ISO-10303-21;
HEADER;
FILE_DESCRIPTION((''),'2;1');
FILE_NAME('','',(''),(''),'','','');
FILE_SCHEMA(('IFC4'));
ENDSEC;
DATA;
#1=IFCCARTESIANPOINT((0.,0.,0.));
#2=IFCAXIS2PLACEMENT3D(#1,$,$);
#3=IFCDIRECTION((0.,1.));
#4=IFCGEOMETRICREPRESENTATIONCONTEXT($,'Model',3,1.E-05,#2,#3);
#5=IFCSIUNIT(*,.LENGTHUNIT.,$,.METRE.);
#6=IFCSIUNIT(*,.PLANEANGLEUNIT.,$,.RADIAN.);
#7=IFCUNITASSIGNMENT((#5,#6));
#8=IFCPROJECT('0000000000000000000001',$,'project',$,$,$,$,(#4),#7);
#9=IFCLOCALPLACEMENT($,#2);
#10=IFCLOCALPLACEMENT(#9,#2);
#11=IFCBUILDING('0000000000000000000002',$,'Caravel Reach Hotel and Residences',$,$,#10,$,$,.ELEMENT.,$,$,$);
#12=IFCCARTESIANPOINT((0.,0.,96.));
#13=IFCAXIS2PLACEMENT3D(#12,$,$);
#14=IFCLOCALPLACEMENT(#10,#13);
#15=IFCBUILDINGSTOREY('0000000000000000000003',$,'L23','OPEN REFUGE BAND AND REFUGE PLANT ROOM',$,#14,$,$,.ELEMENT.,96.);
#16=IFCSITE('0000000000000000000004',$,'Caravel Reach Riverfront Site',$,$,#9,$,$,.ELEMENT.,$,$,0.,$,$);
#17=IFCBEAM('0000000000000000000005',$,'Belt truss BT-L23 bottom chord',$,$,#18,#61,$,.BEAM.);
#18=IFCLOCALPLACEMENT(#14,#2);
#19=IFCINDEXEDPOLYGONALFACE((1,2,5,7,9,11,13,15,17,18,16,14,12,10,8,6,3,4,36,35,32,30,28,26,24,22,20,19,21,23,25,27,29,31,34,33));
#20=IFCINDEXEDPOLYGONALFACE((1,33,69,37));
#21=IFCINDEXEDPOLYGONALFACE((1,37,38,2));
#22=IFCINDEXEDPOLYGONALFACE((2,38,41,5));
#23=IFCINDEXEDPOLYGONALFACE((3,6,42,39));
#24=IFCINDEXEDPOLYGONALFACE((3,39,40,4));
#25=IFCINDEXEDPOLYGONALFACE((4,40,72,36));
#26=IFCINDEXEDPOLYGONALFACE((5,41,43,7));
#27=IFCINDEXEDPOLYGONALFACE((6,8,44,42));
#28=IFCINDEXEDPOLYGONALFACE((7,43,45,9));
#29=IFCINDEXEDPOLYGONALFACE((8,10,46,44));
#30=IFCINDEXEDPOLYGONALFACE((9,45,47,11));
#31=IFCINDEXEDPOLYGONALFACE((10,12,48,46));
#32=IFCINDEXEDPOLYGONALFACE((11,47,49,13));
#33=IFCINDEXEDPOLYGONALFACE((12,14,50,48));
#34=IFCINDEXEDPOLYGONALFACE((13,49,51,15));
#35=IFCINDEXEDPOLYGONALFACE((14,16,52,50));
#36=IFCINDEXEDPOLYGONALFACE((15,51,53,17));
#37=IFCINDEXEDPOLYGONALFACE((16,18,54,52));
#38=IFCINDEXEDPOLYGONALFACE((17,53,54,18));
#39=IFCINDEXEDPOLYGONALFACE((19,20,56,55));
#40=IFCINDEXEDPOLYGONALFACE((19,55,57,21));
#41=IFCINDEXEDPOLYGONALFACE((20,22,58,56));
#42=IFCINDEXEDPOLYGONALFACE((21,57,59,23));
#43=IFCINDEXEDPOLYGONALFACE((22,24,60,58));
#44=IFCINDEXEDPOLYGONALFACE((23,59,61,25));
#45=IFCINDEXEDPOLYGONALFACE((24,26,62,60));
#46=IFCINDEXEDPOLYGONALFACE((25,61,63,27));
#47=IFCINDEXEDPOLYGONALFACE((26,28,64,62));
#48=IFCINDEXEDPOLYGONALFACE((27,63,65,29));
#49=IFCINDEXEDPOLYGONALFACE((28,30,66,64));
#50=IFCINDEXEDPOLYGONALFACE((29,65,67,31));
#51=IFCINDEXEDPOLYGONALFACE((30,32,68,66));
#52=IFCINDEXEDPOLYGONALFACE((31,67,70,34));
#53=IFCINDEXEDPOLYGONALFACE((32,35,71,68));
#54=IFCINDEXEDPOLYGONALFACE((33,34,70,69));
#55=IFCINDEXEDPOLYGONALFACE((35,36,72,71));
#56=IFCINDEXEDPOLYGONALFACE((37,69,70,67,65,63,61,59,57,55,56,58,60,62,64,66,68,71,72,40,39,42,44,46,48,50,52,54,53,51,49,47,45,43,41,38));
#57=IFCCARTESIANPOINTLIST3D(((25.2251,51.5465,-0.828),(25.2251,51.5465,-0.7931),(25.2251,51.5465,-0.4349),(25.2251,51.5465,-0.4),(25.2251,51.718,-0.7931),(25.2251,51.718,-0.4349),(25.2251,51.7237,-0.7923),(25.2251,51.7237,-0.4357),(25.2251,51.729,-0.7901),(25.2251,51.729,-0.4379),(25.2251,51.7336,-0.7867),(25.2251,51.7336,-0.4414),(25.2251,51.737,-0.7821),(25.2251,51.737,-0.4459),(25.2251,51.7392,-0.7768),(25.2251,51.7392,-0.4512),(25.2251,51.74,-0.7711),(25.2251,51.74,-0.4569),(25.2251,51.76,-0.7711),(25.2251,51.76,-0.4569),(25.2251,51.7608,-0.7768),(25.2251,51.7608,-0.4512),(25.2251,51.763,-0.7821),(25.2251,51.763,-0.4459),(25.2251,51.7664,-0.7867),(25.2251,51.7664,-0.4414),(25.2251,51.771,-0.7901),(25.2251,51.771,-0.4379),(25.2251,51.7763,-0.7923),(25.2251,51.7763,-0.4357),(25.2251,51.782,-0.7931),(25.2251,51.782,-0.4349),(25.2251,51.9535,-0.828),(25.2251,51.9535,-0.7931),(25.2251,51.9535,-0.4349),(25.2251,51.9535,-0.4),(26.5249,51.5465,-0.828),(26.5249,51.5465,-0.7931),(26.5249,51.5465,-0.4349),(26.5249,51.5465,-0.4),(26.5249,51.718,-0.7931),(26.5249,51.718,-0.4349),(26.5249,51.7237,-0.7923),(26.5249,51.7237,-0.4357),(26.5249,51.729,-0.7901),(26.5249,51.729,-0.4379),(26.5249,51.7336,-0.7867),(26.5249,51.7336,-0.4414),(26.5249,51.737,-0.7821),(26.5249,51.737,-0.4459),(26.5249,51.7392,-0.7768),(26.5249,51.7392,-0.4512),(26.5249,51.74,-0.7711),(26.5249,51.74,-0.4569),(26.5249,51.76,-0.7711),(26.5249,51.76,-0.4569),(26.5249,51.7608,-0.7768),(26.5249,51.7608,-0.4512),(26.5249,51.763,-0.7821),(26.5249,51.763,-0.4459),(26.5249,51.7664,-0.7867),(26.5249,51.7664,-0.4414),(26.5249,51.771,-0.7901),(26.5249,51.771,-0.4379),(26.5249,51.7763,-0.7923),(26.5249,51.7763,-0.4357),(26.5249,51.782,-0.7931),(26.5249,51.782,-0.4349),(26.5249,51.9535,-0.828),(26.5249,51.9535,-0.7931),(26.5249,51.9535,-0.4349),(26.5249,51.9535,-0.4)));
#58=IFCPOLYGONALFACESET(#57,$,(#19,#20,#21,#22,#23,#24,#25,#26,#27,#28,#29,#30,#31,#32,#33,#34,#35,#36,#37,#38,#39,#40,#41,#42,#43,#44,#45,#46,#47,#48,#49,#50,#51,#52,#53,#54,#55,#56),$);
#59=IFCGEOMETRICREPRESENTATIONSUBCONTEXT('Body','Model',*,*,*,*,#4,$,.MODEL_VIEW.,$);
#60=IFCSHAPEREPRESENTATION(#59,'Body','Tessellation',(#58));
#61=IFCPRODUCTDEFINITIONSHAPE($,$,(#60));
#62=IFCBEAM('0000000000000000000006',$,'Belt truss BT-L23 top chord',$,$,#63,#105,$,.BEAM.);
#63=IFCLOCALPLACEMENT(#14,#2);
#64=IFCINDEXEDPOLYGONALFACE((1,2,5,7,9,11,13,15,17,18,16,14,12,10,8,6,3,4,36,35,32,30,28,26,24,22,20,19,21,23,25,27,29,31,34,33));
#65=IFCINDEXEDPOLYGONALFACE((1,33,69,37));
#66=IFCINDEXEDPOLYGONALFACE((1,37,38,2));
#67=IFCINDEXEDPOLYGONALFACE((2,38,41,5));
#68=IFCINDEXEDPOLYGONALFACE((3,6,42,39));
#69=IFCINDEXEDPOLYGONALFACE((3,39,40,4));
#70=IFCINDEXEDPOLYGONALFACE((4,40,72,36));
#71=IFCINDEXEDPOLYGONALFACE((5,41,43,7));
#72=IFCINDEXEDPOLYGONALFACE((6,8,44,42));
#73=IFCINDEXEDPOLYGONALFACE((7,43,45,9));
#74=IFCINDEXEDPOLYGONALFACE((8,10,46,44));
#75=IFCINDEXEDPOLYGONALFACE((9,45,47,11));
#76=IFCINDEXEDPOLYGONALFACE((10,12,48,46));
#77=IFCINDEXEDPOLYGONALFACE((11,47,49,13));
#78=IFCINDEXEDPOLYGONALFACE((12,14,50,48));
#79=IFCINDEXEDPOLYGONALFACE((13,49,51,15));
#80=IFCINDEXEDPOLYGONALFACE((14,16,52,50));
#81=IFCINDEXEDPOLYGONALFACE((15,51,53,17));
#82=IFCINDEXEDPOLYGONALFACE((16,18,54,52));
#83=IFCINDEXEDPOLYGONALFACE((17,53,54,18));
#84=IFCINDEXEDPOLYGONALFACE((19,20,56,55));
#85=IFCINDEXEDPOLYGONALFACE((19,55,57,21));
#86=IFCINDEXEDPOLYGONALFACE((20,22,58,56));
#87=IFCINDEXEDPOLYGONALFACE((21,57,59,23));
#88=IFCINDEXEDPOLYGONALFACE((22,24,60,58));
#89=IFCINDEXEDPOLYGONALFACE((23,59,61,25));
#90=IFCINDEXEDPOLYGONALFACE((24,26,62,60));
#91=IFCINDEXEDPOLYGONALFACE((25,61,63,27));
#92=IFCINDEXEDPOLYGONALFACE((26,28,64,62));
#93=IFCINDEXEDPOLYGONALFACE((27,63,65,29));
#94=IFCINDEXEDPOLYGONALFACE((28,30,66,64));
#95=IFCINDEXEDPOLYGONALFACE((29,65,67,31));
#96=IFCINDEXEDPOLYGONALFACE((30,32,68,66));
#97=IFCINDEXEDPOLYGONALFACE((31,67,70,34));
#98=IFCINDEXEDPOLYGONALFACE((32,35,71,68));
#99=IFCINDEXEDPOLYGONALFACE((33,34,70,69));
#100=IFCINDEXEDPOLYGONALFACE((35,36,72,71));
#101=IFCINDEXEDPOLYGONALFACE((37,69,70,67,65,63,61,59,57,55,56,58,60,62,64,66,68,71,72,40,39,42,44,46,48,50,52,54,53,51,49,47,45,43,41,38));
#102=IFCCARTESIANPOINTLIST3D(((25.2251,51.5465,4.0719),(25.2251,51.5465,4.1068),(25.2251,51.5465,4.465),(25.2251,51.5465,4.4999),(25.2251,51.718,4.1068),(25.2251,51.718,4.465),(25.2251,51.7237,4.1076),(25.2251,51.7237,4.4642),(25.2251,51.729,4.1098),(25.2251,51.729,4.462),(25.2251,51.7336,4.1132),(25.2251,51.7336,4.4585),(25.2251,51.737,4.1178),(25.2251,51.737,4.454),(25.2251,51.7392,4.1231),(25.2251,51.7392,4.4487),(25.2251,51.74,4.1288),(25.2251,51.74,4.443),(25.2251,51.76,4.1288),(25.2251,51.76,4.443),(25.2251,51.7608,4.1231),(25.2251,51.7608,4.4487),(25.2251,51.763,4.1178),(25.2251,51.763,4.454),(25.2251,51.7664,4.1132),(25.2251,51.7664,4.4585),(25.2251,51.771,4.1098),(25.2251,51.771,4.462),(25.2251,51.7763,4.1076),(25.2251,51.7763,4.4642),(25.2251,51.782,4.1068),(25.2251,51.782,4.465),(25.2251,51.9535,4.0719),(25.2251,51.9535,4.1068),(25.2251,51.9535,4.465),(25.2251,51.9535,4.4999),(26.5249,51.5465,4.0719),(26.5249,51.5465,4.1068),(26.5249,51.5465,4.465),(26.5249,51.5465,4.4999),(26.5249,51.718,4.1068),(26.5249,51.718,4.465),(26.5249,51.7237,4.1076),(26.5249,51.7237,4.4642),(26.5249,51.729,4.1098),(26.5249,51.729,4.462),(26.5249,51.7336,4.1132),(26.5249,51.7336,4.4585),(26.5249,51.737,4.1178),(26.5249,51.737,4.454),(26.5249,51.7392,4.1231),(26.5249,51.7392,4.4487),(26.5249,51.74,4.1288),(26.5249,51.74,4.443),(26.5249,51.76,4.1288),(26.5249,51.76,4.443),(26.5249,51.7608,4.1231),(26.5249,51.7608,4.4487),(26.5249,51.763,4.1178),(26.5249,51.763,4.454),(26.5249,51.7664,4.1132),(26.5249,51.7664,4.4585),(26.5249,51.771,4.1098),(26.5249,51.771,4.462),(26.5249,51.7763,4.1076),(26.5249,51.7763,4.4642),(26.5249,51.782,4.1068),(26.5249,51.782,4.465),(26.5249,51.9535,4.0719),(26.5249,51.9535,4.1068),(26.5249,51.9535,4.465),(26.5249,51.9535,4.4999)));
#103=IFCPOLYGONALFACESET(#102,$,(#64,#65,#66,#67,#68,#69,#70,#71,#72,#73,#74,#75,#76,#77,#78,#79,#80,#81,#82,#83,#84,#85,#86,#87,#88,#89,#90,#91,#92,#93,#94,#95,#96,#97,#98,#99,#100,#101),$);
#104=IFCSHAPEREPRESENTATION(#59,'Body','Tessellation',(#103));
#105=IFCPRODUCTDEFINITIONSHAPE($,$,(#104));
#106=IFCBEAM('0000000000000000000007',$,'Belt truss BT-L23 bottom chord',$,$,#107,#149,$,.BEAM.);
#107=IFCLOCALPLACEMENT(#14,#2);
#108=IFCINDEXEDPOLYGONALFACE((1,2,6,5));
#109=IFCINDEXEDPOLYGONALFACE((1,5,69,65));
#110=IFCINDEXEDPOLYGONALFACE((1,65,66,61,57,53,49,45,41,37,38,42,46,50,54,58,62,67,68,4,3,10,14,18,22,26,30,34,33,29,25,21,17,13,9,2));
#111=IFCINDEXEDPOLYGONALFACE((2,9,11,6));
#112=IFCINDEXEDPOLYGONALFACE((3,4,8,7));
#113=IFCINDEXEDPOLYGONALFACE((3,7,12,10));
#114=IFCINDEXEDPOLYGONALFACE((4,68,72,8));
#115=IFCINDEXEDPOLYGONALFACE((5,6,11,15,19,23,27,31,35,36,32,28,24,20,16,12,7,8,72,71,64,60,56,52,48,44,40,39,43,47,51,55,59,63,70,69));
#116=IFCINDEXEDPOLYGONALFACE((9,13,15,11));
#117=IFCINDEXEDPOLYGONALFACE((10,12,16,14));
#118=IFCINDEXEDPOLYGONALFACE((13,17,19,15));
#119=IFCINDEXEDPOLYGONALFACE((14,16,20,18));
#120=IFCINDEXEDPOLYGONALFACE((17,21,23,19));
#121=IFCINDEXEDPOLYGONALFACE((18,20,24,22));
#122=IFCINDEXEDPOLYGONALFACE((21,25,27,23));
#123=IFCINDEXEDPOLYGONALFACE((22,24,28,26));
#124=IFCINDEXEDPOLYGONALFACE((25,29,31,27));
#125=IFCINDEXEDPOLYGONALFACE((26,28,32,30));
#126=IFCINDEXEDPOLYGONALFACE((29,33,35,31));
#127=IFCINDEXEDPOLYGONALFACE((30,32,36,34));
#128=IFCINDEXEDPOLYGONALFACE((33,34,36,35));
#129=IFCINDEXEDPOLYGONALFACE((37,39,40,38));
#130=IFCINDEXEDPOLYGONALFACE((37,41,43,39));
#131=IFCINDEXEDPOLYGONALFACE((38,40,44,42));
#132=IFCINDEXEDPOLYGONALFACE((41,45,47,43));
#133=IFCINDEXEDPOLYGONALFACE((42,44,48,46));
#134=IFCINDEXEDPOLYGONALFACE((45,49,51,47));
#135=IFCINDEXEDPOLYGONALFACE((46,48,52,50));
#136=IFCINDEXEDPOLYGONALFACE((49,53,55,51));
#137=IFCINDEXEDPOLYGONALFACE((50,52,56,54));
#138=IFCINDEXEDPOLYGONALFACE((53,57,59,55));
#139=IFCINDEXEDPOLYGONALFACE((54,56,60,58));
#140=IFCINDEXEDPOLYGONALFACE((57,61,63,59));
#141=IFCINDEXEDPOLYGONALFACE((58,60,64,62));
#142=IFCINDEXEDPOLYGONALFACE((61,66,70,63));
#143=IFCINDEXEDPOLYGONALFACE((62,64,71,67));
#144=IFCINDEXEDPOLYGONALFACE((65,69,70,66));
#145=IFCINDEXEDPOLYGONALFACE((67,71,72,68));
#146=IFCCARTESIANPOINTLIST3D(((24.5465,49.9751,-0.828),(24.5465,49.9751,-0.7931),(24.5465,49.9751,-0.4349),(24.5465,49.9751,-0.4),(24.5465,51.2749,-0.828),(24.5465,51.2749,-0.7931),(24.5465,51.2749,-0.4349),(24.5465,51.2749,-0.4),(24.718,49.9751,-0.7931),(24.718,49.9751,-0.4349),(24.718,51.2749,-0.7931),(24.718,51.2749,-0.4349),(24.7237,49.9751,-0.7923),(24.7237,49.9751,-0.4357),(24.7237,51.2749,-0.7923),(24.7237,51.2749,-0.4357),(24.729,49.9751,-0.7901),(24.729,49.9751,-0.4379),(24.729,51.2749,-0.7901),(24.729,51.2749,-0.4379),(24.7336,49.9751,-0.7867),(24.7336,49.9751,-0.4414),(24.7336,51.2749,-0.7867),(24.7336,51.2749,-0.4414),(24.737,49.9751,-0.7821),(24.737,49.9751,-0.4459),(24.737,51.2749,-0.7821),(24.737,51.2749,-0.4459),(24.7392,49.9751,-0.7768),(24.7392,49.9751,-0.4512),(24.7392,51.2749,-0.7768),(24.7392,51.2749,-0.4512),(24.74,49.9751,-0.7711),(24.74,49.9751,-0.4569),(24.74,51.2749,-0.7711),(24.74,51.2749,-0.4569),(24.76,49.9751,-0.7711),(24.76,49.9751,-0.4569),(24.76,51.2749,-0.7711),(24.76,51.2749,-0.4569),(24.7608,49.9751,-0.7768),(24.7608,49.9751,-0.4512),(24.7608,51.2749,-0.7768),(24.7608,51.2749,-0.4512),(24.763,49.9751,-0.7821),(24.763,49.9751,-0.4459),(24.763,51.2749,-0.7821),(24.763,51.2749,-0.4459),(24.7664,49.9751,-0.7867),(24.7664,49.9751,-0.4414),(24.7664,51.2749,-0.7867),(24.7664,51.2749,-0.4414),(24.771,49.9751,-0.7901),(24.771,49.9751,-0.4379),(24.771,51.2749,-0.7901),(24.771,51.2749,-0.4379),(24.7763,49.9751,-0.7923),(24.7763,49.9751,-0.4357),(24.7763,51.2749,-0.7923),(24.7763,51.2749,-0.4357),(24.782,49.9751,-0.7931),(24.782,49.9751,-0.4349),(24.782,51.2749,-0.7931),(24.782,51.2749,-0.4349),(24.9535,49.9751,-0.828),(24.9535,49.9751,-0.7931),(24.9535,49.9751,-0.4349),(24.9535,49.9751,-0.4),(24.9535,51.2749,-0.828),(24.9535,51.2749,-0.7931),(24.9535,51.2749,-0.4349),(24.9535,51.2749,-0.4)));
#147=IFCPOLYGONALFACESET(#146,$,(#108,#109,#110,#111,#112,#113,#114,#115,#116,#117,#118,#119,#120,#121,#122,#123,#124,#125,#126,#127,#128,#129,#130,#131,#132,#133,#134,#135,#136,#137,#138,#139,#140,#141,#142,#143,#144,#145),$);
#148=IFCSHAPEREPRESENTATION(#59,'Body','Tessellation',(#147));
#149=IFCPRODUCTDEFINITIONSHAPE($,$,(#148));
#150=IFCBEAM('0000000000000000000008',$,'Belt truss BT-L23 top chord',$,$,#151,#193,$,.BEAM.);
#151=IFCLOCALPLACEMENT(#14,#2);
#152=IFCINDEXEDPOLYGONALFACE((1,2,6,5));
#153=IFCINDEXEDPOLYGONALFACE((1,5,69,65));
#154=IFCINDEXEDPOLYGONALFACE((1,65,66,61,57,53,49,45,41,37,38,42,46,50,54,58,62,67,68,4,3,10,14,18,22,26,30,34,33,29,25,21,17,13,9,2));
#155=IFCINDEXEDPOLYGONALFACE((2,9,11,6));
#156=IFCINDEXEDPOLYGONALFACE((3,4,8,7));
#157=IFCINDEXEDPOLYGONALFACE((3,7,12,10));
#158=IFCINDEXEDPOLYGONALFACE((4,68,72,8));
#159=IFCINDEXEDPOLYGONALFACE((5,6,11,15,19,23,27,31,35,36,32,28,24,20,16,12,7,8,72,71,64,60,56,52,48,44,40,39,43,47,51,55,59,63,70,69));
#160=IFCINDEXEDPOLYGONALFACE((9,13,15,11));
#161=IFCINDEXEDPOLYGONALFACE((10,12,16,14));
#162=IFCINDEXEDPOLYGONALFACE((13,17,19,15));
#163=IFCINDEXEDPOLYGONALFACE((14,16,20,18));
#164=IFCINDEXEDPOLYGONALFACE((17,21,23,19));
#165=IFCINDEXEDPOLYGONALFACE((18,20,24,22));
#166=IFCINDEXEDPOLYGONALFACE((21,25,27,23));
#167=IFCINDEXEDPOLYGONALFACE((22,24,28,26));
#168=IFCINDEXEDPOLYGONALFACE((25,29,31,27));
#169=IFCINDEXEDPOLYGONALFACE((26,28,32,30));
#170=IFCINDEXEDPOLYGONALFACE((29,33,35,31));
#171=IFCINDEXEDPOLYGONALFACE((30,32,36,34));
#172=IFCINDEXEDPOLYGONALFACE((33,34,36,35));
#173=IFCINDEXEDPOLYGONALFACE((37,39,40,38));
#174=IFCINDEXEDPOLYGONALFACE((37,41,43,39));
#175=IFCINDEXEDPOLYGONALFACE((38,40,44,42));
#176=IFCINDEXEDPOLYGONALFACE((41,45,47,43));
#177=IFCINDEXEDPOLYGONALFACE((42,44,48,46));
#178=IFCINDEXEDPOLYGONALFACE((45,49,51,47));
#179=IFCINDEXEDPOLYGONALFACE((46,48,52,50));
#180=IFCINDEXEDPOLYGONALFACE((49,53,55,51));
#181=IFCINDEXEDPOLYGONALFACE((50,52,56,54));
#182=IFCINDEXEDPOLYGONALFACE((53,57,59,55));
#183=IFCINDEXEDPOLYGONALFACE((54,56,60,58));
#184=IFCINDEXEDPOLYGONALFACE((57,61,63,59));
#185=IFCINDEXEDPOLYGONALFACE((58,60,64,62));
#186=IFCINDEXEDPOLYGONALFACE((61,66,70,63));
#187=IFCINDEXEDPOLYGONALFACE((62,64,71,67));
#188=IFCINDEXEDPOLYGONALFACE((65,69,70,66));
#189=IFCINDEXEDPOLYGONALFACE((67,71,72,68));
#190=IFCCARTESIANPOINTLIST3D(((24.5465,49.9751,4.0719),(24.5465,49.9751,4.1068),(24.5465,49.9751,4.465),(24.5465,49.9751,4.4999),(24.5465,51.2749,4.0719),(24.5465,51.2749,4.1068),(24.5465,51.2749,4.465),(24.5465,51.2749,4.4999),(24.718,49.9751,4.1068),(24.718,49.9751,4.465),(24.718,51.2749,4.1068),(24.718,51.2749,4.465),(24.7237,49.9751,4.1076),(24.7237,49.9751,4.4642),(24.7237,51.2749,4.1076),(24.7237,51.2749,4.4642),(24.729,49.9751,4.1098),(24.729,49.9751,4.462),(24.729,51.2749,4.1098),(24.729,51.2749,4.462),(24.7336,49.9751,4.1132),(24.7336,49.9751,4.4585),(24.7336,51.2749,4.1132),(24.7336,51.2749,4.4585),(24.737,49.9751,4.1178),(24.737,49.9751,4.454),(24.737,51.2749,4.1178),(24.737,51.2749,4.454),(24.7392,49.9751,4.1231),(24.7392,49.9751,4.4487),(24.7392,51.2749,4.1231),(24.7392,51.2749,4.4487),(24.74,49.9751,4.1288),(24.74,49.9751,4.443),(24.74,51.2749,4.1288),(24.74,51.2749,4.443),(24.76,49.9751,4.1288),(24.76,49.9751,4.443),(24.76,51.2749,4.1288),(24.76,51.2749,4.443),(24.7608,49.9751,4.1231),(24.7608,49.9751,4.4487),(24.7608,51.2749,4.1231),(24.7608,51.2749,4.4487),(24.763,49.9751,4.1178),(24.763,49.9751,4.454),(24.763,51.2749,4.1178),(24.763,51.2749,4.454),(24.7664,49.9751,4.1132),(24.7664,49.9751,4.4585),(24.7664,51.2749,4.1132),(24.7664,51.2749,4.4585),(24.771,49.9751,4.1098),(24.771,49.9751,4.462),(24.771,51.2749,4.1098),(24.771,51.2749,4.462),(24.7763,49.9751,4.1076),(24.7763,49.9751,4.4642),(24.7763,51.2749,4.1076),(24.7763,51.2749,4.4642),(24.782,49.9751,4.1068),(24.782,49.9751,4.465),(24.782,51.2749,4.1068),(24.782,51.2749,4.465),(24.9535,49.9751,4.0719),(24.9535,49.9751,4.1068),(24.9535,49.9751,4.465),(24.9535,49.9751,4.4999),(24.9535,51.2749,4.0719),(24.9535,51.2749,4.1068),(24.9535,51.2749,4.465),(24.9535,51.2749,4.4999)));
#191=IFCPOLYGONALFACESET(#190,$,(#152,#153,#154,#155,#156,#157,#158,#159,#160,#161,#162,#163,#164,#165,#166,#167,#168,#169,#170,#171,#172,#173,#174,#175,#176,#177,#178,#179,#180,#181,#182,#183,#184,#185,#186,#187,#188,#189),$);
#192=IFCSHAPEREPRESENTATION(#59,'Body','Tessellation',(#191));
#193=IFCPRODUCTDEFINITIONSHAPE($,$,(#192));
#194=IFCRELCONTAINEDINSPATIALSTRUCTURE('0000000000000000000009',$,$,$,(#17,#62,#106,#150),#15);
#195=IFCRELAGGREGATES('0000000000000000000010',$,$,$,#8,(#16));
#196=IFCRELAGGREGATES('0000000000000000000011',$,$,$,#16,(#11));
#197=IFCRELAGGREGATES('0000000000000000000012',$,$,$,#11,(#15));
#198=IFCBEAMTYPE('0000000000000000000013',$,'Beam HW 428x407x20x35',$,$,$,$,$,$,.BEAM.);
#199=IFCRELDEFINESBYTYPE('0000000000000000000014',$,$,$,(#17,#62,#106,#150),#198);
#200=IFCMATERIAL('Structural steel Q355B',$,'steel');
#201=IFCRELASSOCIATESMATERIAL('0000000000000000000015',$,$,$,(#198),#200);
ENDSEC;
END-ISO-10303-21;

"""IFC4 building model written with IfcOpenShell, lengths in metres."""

from ifc_helpers import new_model, si_unit, direction, frame, origin, origin_2d, place, context, subcontext, project, spatial, i_section, extrude, material, material_profile, profile_set, type_object, element, save


model = new_model("IFC4")

# Units and contexts
model_context = context("Model", 3, precision=1e-05, world=origin(), true_north=direction((0.0, 1.0)))
body_context = subcontext(model_context, "Body", "Model", "MODEL_VIEW")
ifc_project = project(units=[si_unit("LENGTHUNIT", "METRE"), si_unit("PLANEANGLEUNIT", "RADIAN")], contexts=[model_context])

# Site, building, storey
site_placement = place(None, origin())
site = spatial("IfcSite", under=ifc_project, at=site_placement, Name="Caravel Reach Riverfront Site", CompositionType="ELEMENT", RefElevation=0.0)
building_placement = place(site_placement, origin())
building = spatial("IfcBuilding", under=site, at=building_placement, Name="Caravel Reach Hotel and Residences", CompositionType="ELEMENT")
storey_placement = place(building_placement, frame((0.0, 0.0, 96.0)))
storey = spatial("IfcBuildingStorey", under=building, at=storey_placement, Name="L23", Description="OPEN REFUGE BAND AND REFUGE PLANT ROOM", CompositionType="ELEMENT", Elevation=96.0)

# Beams
ifc_material_1 = material(Name="Structural steel Q355B", Category="steel")
ifc_material_profile_1 = material_profile(ifc_material_1, i_section(OverallWidth=0.407, OverallDepth=0.428, WebThickness=0.02, FlangeThickness=0.0349, FilletRadius=0.022, at=origin_2d()), Name="HW 428x407x20x35")
ifc_profile_set_1 = profile_set([ifc_material_profile_1], Name="Structural steel Q355B")
beam_type = type_object("IfcBeamType", Name="Beam HW 428x407x20x35", PredefinedType="BEAM", material=ifc_profile_set_1)
for number, where, z_axis, x_axis, name in (
    (1, (26.5249, 51.75, -0.614), (-1.0, 0.0, 0.0), (0.0, -1.0, 0.0), "Belt truss BT-L23 bottom chord"),
    (2, (26.5249, 51.75, 4.2859), (-1.0, 0.0, 0.0), (0.0, -1.0, 0.0), "Belt truss BT-L23 top chord"),
    (3, (24.75, 51.2749, -0.614), (0.0, -1.0, 0.0), (1.0, 0.0, 0.0), "Belt truss BT-L23 bottom chord"),
    (4, (24.75, 51.2749, 4.2859), (0.0, -1.0, 0.0), (1.0, 0.0, 0.0), "Belt truss BT-L23 top chord"),
):
    element("IfcBeam", number, at=place(storey_placement, frame(where, z_axis=z_axis, x_axis=x_axis)), inside=storey, type_object=beam_type, Name=name, PredefinedType="BEAM", context=body_context, shape_type="SweptSolid", body=[
        extrude(i_section(OverallWidth=0.407, OverallDepth=0.428, WebThickness=0.02, FlangeThickness=0.0349, FilletRadius=0.022, at=origin_2d()), origin(), (0.0, 0.0, 1.0), 1.2998),
    ])

save(model, "model.ifc")
